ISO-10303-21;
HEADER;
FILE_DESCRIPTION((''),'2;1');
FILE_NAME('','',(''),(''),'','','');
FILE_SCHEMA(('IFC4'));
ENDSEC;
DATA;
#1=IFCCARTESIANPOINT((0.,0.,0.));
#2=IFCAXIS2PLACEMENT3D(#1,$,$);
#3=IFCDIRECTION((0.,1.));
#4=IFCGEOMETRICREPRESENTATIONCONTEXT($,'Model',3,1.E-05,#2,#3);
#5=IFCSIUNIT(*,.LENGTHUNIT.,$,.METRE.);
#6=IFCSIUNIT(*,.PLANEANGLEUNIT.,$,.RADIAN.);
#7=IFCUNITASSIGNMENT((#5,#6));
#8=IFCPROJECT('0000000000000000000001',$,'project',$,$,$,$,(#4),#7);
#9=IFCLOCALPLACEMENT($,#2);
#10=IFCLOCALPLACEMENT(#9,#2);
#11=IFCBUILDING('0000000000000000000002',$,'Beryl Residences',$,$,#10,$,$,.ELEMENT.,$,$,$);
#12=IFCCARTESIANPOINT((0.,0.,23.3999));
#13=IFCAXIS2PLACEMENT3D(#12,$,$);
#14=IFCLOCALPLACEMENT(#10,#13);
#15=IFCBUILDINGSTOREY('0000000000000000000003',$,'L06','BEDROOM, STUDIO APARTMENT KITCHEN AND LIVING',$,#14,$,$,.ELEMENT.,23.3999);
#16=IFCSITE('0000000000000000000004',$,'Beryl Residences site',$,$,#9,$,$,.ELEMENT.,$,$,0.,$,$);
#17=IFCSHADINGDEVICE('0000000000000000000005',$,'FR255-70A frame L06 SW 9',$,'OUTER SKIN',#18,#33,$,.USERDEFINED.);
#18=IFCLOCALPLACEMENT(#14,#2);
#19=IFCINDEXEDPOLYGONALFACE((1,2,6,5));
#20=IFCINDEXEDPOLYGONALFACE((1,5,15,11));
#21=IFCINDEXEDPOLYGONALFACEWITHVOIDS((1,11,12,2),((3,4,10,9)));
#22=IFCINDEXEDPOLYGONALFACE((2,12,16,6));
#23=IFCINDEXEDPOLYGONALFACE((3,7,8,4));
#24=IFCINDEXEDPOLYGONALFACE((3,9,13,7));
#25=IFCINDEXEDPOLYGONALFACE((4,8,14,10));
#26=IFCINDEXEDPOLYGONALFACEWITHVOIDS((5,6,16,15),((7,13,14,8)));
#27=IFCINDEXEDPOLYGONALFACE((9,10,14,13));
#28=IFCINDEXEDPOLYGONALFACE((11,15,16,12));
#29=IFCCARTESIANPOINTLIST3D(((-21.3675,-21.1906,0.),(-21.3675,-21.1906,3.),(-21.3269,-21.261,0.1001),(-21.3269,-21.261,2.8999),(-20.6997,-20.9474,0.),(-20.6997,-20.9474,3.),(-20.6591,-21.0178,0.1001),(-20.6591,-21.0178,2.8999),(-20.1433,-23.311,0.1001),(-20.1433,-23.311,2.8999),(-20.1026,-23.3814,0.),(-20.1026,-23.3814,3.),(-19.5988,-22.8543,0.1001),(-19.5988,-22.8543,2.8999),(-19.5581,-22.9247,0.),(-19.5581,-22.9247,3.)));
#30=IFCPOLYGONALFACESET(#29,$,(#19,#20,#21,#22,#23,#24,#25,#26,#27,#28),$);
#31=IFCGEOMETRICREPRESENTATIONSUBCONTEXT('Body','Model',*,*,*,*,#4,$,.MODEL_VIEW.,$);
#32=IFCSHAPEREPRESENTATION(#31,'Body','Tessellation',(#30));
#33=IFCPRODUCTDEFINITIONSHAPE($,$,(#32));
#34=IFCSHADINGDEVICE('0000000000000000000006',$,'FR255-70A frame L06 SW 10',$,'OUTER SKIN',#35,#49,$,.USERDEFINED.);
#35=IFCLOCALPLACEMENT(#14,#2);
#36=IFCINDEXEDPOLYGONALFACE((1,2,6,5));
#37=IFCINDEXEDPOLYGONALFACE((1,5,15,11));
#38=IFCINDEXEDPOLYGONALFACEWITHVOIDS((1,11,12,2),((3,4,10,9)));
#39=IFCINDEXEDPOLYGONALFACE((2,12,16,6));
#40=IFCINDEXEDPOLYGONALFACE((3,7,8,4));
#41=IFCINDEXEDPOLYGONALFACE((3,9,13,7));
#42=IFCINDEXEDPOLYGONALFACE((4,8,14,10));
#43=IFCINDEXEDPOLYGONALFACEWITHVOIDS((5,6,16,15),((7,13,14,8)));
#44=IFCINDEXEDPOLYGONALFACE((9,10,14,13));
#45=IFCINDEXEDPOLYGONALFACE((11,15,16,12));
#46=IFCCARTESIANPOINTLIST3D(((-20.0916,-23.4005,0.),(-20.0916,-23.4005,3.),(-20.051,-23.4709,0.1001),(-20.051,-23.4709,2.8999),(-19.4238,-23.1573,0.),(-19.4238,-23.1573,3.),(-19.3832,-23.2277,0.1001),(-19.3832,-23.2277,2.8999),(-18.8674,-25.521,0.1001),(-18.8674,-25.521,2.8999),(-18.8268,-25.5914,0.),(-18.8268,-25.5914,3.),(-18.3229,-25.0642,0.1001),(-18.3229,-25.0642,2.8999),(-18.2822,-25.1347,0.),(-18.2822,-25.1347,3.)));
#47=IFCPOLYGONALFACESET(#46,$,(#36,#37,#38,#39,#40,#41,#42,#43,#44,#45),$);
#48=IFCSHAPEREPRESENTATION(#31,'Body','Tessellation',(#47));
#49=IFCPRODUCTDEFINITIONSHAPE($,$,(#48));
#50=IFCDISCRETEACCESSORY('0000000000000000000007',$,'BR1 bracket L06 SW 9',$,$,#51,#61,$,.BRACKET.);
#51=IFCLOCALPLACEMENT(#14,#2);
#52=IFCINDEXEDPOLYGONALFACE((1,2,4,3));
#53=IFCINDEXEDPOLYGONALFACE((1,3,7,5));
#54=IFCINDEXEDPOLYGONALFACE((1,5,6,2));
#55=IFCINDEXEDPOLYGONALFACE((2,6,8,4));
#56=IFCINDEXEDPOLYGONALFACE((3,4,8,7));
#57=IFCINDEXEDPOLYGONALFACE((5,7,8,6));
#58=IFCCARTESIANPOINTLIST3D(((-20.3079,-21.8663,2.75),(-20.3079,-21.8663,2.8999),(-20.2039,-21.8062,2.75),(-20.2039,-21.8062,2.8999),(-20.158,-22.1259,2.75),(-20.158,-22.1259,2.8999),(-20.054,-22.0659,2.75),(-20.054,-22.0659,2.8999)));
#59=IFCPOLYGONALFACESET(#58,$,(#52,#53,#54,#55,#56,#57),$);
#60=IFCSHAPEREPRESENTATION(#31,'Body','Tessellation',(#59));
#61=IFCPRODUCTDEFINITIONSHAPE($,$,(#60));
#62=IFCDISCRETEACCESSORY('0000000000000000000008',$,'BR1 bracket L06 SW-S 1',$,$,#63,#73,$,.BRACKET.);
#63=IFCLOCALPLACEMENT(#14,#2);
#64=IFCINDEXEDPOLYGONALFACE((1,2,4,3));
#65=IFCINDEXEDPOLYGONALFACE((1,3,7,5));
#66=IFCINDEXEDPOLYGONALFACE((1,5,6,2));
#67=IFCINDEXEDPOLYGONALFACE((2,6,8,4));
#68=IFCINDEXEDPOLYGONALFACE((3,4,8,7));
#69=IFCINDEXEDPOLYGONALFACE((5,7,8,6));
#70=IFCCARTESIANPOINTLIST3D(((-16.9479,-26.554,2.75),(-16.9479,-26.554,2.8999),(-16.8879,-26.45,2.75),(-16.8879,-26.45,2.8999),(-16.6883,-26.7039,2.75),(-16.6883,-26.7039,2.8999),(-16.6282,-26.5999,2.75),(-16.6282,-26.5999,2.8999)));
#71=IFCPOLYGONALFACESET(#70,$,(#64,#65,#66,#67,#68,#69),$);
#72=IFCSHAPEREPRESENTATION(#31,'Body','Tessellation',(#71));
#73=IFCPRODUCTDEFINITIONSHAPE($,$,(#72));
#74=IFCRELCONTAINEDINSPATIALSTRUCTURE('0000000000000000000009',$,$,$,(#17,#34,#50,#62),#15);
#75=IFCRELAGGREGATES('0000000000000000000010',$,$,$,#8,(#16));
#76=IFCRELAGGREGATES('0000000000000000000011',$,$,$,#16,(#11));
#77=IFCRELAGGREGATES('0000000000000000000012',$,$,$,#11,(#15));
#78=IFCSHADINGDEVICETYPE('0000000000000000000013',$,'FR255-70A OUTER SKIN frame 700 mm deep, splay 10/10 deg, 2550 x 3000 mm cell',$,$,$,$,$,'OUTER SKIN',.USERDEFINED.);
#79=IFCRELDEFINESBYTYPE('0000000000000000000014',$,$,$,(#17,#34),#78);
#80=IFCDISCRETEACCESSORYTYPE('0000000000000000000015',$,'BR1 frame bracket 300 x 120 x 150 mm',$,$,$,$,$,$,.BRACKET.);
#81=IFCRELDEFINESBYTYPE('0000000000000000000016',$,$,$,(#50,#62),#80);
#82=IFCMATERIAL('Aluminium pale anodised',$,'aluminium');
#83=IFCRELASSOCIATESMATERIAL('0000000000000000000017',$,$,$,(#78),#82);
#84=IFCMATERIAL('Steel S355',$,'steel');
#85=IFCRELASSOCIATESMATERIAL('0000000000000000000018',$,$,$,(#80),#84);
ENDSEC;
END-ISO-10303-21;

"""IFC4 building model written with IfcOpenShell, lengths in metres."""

from ifc_helpers import new_model, entity, si_unit, direction, frame, origin, place, context, subcontext, project, spatial, polyline, outline, extrude, source, transform, mapped, material, type_object, type_shapes, element, save


model = new_model("IFC4")

# Units and contexts
model_context = context("Model", 3, precision=1e-05, world=origin(), true_north=direction((0.0, 1.0)))
body_context = subcontext(model_context, "Body", "Model", "MODEL_VIEW")
ifc_project = project(units=[si_unit("LENGTHUNIT", "METRE"), si_unit("PLANEANGLEUNIT", "RADIAN")], contexts=[model_context])

# Site, building, storey
site_placement = place(None, origin())
site = spatial("IfcSite", under=ifc_project, at=site_placement, Name="Beryl Residences site", CompositionType="ELEMENT", RefElevation=0.0)
building_placement = place(site_placement, origin())
building = spatial("IfcBuilding", under=site, at=building_placement, Name="Beryl Residences", CompositionType="ELEMENT")
storey_placement = place(building_placement, frame((0.0, 0.0, 23.3999)))
storey = spatial("IfcBuildingStorey", under=building, at=storey_placement, Name="L06", Description="BEDROOM, STUDIO APARTMENT KITCHEN AND LIVING", CompositionType="ELEMENT", Elevation=23.3999)

# Shading devices
ifc_material_1 = material(Name="Aluminium pale anodised", Category="aluminium")
shading_device_type_1 = type_object("IfcShadingDeviceType", Name="FR255-70A OUTER SKIN frame 700 mm deep, splay 10/10 deg, 2550 x 3000 mm cell", ElementType="OUTER SKIN", PredefinedType="USERDEFINED", material=ifc_material_1)
cartesian_point_1 = entity("IfcCartesianPoint", [-1.1416, 0.0])
cartesian_point_2 = entity("IfcCartesianPoint", [-1.0603, 0.1001])
cartesian_point_3 = entity("IfcCartesianPoint", [-1.2649, 0.0])
cartesian_point_4 = entity("IfcCartesianPoint", [-1.1836, 0.1001])
shared_shape_1 = source(origin(), body_context, "Body", "SweptSolid", [
    entity("IfcExtrudedAreaSolidTapered", entity("IfcArbitraryProfileDefWithVoids", "AREA", None, entity("IfcPolyline", [cartesian_point_1, entity("IfcCartesianPoint", [1.1416, 0.0]), entity("IfcCartesianPoint", [1.1416, 3.0]), entity("IfcCartesianPoint", [-1.1416, 3.0]), cartesian_point_1]), [entity("IfcPolyline", [cartesian_point_2, entity("IfcCartesianPoint", [1.0603, 0.1001]), entity("IfcCartesianPoint", [1.0603, 2.8999]), entity("IfcCartesianPoint", [-1.0603, 2.8999]), cartesian_point_2])]), entity("IfcAxis2Placement3D", entity("IfcCartesianPoint", [0.0, 0.0, 0.0]), entity("IfcDirection", [0.0, 1.0, 0.0]), entity("IfcDirection", [-1.0, 0.0, 0.0])), entity("IfcDirection", [0.0, 0.0, 1.0]), 0.7, entity("IfcArbitraryProfileDefWithVoids", "AREA", None, entity("IfcPolyline", [cartesian_point_3, entity("IfcCartesianPoint", [1.2649, 0.0]), entity("IfcCartesianPoint", [1.2649, 3.0]), entity("IfcCartesianPoint", [-1.2649, 3.0]), cartesian_point_3]), [entity("IfcPolyline", [cartesian_point_4, entity("IfcCartesianPoint", [1.1836, 0.1001]), entity("IfcCartesianPoint", [1.1836, 2.8999]), entity("IfcCartesianPoint", [-1.1836, 2.8999]), cartesian_point_4])])),
])
type_shapes(shading_device_type_1, [shared_shape_1])
for number, where, z_axis, x_axis, name in (
    (1, (-20.1289, -21.936, 0.0), (0.0, 0.0, 1.0), (-0.5, 0.866025, 0.0), "FR255-70A frame L06 SW 9"),
    (2, (-18.853, -24.146, 0.0), (0.0, 0.0, 1.0), (-0.5, 0.866025, 0.0), "FR255-70A frame L06 SW 10"),
):
    element("IfcShadingDevice", number, at=place(storey_placement, frame(where, z_axis=z_axis, x_axis=x_axis)), inside=storey, type_object=shading_device_type_1, Name=name, ObjectType="OUTER SKIN", PredefinedType="USERDEFINED", context=body_context, shape_type="MappedRepresentation", body=[
        mapped(shared_shape_1, transform((0.0, 0.0, 0.0))),
    ])

# Discrete accessories
ifc_material_2 = material(Name="Steel S355", Category="steel")
discrete_accessory_type = type_object("IfcDiscreteAccessoryType", Name="BR1 frame bracket 300 x 120 x 150 mm", PredefinedType="BRACKET", material=ifc_material_2)
shared_shape_2 = source(origin(), body_context, "Body", "SweptSolid", [
    extrude(outline(polyline([(-0.1499, 0.0), (0.1499, 0.0), (0.1499, 0.1201), (-0.1499, 0.1201), (-0.1499, 0.0)])), origin(), (0.0, 0.0, 1.0), 0.1499),
])
type_shapes(discrete_accessory_type, [shared_shape_2])
for number, where, z_axis, x_axis, name in (
    (3, (-20.1289, -21.936, 2.75), (0.0, 0.0, 1.0), (-0.5, 0.866025, 0.0), "BR1 bracket L06 SW 9"),
    (4, (-16.7581, -26.5249, 2.75), (0.0, 0.0, 1.0), (-0.866025, 0.5, 0.0), "BR1 bracket L06 SW-S 1"),
):
    element("IfcDiscreteAccessory", number, at=place(storey_placement, frame(where, z_axis=z_axis, x_axis=x_axis)), inside=storey, type_object=discrete_accessory_type, Name=name, PredefinedType="BRACKET", context=body_context, shape_type="MappedRepresentation", body=[
        mapped(shared_shape_2, transform((0.0, 0.0, 0.0))),
    ])

save(model, "model.ifc")
